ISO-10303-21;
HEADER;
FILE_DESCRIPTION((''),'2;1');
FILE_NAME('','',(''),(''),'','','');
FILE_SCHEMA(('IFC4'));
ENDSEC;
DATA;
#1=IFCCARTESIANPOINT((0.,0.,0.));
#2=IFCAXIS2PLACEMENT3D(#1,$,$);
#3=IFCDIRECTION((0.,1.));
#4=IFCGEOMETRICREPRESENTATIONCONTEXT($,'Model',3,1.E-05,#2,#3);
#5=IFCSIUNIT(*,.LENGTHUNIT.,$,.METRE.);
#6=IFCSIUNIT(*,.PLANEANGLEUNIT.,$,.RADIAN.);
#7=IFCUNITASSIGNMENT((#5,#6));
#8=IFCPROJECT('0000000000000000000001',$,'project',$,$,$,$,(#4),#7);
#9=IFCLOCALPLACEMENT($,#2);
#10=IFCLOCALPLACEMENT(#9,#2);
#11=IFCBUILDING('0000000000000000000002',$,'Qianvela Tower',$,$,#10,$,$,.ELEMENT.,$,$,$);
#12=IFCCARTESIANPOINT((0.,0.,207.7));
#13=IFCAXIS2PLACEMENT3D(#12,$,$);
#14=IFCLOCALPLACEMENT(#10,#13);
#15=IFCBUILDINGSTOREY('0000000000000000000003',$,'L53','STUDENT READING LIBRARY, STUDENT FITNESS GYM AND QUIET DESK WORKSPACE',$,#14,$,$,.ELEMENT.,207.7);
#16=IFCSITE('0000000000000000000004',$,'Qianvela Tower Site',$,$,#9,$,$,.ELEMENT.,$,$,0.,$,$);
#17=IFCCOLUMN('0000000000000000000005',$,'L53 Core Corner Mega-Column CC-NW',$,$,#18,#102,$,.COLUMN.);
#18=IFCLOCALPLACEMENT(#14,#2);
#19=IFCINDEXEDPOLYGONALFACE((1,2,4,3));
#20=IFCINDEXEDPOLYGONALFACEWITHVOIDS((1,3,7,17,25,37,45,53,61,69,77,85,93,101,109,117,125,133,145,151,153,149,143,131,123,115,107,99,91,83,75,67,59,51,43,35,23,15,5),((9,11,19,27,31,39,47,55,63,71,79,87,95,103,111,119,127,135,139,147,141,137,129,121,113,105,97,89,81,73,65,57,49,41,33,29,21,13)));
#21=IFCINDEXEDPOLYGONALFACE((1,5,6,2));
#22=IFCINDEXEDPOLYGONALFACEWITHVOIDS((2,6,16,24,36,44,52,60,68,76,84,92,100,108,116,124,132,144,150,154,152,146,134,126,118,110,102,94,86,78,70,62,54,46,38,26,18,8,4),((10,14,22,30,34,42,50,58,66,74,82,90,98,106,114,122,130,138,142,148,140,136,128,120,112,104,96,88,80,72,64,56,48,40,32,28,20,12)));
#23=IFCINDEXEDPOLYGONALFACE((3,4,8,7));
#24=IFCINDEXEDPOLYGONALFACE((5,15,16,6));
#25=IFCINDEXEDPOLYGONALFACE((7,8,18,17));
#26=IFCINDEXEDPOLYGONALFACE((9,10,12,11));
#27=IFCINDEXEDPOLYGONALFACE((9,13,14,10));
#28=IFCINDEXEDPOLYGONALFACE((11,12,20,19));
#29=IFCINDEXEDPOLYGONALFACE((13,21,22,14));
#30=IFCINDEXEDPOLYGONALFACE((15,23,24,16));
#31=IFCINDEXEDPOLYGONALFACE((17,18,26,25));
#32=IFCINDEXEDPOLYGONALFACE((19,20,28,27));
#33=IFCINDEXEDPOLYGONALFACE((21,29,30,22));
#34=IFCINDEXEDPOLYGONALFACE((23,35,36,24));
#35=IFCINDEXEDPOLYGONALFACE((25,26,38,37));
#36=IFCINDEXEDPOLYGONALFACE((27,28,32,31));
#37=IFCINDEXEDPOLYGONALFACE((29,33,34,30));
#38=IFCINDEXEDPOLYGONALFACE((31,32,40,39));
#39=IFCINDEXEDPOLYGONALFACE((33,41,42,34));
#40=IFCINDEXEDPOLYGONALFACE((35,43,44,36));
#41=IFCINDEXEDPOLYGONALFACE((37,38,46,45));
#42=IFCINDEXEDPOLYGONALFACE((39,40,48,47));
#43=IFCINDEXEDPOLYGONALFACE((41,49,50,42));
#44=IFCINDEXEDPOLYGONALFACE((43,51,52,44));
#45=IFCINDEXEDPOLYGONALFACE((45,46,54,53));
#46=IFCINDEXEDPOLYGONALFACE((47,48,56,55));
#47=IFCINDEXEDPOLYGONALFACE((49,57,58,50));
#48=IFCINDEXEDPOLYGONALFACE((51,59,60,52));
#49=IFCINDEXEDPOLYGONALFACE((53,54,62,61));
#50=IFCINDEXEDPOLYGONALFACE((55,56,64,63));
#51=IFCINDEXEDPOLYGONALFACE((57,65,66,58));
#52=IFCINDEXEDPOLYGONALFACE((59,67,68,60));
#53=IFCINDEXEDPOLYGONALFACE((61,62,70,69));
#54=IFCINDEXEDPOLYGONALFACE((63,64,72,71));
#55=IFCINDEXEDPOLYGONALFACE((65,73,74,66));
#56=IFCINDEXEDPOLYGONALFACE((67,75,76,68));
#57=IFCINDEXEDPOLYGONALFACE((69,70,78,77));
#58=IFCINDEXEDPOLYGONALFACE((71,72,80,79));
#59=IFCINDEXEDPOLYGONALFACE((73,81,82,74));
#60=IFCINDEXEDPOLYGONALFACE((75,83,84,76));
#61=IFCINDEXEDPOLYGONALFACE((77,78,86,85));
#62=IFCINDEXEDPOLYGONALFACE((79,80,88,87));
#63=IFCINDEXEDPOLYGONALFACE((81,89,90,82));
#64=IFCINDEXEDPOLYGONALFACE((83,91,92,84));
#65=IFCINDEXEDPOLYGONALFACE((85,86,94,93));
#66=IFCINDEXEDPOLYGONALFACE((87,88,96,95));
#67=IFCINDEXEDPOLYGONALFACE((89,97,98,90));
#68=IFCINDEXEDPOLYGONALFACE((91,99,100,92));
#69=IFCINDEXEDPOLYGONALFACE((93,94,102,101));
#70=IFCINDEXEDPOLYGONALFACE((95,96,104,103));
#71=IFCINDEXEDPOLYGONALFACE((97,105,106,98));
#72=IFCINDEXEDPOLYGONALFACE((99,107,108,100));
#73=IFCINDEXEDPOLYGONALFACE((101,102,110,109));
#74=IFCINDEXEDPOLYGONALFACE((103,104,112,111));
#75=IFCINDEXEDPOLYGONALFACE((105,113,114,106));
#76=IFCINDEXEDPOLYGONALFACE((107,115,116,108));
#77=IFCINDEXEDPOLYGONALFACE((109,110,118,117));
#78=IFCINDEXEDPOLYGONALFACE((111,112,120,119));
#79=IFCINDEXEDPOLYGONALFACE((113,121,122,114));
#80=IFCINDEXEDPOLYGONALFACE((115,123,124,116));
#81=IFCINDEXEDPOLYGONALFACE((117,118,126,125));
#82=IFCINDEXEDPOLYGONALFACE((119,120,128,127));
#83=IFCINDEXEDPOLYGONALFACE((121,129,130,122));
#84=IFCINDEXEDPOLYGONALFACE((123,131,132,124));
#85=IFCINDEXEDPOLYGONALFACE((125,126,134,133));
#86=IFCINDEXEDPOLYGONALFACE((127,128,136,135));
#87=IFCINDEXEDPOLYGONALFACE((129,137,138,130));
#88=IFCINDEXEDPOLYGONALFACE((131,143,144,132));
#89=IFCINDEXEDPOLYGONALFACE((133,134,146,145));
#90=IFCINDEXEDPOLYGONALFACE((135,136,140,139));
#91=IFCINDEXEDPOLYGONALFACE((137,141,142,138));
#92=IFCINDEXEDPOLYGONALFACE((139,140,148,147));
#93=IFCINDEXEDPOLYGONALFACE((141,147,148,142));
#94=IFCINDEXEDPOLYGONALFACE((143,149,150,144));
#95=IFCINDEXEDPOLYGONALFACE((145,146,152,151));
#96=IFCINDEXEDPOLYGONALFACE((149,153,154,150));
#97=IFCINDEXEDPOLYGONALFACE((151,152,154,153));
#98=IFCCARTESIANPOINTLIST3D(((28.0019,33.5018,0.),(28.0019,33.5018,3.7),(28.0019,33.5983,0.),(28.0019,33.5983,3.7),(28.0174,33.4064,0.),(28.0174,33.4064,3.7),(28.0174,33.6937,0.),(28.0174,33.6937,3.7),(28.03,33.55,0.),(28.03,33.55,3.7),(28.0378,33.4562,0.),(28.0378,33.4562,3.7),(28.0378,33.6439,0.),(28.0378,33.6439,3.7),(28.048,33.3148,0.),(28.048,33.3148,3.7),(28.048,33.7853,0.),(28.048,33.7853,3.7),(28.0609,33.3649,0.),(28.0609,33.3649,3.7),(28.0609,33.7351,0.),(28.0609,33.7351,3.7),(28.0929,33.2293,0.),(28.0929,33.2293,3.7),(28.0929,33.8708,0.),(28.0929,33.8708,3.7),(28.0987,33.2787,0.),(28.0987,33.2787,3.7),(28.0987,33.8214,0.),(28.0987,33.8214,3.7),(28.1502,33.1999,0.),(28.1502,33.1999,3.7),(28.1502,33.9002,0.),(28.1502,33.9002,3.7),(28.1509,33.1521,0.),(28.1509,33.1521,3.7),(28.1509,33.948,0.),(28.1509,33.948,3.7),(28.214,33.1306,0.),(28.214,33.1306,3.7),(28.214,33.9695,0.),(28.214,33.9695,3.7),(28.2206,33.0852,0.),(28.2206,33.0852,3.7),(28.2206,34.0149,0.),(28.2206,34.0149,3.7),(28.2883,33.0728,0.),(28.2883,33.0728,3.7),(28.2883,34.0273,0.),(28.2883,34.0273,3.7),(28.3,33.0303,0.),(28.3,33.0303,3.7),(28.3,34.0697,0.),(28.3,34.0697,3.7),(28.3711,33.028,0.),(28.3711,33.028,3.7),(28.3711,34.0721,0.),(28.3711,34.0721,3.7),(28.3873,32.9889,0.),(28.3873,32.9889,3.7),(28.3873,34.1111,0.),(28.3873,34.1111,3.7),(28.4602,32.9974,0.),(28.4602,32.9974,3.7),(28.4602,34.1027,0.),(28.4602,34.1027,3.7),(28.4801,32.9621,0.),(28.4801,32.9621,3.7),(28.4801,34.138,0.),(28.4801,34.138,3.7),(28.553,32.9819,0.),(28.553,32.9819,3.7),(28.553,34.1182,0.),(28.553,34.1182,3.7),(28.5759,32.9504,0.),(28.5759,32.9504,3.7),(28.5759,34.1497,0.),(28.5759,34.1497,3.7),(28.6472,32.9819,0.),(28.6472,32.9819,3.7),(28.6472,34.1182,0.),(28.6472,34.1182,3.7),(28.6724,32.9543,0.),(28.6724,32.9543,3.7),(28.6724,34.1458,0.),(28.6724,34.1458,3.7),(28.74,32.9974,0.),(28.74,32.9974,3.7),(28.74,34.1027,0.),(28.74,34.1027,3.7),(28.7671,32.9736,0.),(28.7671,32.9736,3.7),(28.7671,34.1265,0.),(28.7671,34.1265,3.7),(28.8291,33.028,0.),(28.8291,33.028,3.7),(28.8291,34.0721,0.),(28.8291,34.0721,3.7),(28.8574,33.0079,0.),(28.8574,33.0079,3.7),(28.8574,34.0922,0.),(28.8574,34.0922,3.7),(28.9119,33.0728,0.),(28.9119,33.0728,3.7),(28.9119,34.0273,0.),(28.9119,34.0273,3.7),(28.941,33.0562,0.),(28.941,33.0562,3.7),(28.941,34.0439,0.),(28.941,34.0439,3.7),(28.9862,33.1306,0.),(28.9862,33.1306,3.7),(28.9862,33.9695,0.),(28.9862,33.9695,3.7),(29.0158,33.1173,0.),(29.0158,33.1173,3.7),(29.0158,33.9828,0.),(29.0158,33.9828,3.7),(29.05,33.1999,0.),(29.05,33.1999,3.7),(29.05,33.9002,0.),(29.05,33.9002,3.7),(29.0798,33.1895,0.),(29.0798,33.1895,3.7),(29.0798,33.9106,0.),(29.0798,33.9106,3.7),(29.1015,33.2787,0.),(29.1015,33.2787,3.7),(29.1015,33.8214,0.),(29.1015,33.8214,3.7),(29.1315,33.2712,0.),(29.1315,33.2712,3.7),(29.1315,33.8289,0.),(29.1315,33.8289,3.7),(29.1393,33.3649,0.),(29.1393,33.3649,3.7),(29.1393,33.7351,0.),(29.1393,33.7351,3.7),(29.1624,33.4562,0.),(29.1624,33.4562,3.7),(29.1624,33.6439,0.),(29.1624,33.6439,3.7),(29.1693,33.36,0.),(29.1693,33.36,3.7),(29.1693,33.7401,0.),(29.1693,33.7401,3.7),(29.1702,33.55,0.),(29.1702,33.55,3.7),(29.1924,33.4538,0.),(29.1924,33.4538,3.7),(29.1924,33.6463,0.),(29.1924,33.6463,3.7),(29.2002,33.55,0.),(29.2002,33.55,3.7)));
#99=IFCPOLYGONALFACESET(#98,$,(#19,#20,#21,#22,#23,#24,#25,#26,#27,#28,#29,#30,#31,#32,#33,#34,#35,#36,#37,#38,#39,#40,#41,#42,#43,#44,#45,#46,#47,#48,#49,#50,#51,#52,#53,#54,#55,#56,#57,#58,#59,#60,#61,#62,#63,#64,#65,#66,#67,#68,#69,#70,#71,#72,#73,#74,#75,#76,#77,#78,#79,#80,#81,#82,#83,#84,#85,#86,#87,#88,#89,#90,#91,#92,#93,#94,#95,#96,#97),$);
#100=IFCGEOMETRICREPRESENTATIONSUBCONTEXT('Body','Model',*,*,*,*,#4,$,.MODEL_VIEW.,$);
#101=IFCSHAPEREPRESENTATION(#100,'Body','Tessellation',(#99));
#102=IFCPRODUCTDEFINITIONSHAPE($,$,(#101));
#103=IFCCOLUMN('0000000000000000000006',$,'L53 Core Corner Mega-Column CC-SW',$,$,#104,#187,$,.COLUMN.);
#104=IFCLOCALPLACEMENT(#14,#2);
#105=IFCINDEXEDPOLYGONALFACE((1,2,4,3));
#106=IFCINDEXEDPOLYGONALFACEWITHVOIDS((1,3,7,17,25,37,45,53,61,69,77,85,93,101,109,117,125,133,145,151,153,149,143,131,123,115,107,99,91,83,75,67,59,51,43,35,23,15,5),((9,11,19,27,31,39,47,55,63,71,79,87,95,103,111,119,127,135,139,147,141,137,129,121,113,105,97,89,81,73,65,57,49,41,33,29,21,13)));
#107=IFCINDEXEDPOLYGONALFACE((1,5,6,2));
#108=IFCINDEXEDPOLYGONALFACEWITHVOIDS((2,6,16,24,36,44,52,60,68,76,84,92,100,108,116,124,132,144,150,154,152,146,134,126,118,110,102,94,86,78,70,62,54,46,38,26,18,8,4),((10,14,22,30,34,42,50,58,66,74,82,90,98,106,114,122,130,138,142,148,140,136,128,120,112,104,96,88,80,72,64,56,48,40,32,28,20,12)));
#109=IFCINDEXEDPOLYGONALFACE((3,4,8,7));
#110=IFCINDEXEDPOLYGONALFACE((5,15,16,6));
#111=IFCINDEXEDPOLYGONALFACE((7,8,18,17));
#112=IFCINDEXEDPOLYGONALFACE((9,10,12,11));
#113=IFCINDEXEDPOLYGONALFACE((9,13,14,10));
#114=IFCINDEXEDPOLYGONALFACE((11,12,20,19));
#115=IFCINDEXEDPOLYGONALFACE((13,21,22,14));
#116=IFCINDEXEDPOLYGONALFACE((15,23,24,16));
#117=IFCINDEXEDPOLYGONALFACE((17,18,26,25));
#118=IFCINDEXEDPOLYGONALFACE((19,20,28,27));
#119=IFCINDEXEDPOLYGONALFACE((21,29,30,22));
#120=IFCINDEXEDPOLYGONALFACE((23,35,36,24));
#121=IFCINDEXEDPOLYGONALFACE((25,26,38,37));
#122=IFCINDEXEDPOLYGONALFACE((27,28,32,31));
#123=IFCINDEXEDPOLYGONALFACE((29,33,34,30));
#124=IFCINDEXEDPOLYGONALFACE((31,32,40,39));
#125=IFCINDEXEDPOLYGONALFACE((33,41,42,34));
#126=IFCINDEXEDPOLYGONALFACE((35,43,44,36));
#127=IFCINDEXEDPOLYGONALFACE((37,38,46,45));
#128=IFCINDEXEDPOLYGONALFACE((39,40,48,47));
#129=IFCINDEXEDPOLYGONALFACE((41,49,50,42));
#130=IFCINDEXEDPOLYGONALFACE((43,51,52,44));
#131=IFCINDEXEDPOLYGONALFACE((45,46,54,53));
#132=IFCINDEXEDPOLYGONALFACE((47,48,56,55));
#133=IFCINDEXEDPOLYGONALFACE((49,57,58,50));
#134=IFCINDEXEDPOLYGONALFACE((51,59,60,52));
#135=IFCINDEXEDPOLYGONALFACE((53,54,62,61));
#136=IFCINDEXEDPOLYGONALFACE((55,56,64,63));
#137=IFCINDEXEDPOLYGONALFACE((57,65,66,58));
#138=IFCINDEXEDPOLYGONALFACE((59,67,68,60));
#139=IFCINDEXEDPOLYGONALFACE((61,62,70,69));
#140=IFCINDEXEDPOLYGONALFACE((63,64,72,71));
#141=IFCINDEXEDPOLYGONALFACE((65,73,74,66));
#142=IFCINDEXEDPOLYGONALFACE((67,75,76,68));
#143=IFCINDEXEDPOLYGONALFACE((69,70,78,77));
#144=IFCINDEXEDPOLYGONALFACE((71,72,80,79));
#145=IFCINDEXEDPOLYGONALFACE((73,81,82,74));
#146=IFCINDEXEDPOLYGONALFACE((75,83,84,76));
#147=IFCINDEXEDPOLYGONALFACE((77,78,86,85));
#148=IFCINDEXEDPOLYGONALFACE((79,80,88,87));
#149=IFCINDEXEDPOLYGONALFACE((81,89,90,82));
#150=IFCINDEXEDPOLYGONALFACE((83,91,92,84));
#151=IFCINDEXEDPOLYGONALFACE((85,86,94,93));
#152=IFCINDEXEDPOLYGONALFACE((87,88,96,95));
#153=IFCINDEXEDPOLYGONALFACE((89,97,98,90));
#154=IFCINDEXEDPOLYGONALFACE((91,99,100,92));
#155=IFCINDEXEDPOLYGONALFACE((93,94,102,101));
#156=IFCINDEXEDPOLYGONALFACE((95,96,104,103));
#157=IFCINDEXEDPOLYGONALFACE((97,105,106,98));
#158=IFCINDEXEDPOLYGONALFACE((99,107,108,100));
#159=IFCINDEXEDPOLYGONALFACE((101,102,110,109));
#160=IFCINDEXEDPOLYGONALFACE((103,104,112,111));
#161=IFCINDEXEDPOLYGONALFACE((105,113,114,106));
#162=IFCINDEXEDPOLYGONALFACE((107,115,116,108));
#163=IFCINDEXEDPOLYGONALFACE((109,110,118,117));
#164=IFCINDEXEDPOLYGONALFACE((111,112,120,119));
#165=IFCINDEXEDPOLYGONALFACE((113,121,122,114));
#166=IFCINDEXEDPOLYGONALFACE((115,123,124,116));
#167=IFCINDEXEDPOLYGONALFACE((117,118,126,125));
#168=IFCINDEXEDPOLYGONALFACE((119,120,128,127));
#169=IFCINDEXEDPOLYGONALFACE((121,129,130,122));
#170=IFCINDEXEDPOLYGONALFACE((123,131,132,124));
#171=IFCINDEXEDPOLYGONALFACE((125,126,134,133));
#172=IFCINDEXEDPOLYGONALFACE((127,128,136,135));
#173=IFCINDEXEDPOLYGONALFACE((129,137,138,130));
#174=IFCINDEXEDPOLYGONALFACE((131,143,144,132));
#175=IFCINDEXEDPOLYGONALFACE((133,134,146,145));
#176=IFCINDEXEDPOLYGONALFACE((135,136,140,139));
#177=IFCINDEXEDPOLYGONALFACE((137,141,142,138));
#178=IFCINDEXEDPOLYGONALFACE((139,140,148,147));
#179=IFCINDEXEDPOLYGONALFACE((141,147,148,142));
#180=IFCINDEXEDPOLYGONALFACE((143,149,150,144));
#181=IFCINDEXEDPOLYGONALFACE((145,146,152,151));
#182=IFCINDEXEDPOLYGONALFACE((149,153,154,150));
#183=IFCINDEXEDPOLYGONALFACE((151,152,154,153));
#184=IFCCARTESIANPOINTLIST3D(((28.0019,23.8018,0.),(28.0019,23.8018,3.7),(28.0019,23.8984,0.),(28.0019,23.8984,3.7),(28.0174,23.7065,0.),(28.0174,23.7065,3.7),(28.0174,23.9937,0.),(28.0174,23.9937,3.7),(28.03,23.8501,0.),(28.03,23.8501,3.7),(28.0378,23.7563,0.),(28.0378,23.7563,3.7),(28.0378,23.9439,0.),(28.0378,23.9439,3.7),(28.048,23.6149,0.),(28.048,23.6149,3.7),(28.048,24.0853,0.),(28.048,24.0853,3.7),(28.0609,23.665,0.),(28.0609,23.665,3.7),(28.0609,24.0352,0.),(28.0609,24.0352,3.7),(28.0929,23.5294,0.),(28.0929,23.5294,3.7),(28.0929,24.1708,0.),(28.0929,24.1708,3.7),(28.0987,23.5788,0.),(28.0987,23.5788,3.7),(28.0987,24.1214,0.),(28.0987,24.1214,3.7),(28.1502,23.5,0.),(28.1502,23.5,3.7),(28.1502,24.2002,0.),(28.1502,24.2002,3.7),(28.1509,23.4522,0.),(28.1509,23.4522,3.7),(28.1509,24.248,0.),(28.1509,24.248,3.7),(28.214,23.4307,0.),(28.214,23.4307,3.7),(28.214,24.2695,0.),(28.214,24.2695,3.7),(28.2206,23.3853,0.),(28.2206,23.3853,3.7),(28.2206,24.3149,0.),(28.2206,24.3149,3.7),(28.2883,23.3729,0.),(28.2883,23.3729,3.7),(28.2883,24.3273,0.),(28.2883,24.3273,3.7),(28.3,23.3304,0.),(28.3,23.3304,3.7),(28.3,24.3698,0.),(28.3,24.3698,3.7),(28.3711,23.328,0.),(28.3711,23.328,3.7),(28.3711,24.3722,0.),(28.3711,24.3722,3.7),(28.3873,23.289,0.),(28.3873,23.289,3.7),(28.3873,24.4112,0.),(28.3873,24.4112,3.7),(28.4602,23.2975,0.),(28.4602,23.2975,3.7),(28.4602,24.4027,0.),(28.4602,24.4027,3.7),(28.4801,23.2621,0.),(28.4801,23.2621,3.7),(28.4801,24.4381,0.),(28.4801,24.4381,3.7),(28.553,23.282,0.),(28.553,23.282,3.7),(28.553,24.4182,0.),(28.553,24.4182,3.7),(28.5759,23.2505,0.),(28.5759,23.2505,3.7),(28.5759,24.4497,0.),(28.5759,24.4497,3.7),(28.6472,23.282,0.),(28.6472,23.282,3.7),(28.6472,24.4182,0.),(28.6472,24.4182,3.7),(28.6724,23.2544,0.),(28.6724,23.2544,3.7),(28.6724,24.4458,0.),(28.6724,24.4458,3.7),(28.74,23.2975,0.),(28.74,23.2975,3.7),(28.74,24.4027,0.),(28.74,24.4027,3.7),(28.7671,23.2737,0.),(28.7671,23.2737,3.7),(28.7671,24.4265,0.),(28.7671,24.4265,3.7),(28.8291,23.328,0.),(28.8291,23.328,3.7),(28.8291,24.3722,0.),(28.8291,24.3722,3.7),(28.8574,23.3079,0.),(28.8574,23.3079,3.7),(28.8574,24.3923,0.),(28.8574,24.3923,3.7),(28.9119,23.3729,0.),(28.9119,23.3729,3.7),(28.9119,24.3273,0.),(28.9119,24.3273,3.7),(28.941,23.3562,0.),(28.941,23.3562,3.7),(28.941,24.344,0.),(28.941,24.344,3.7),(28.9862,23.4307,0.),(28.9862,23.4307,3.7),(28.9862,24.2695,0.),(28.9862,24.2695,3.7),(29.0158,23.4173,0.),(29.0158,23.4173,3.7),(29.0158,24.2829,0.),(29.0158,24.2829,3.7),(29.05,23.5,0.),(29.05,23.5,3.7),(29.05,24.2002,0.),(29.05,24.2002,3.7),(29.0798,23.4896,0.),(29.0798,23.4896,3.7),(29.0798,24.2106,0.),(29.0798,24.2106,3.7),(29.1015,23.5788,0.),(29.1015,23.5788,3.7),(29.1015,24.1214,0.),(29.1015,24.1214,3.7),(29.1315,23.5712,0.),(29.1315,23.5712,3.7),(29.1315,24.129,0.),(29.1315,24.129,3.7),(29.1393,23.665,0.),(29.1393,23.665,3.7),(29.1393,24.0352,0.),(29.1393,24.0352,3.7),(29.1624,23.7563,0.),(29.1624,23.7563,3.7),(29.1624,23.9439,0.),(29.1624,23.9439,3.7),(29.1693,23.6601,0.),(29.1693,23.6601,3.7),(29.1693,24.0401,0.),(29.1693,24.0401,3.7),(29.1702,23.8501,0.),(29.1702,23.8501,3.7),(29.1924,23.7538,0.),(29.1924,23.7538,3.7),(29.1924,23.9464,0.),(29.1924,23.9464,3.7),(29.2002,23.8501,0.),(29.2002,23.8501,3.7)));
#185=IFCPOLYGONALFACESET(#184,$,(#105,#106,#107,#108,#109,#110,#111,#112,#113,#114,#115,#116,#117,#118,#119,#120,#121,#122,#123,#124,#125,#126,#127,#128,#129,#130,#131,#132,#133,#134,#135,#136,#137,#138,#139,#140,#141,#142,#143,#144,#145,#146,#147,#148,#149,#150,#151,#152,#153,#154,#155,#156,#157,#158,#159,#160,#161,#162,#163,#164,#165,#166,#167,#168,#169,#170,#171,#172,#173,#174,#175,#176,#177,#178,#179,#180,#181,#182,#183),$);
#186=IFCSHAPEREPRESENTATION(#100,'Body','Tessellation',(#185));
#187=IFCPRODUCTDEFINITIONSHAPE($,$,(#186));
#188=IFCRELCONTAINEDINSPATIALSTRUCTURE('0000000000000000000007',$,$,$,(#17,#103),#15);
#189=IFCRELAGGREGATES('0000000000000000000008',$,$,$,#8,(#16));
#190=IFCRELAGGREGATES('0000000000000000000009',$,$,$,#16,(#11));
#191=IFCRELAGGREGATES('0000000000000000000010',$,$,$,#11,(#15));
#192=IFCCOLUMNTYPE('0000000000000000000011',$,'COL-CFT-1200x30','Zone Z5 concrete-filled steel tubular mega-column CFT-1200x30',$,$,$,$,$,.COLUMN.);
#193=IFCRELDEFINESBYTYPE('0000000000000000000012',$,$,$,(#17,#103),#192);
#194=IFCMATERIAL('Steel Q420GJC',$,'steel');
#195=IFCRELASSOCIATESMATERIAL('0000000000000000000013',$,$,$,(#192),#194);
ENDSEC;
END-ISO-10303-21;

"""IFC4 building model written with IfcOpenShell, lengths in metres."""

from ifc_helpers import new_model, si_unit, direction, frame, origin, origin_2d, place, context, subcontext, project, spatial, hollow_circle, extrude, material, material_profile, profile_set, type_object, element, save


model = new_model("IFC4")

# Units and contexts
model_context = context("Model", 3, precision=1e-05, world=origin(), true_north=direction((0.0, 1.0)))
body_context = subcontext(model_context, "Body", "Model", "MODEL_VIEW")
ifc_project = project(units=[si_unit("LENGTHUNIT", "METRE"), si_unit("PLANEANGLEUNIT", "RADIAN")], contexts=[model_context])

# Site, building, storey
site_placement = place(None, origin())
site = spatial("IfcSite", under=ifc_project, at=site_placement, Name="Qianvela Tower Site", CompositionType="ELEMENT", RefElevation=0.0)
building_placement = place(site_placement, origin())
building = spatial("IfcBuilding", under=site, at=building_placement, Name="Qianvela Tower", CompositionType="ELEMENT")
storey_placement = place(building_placement, frame((0.0, 0.0, 207.7)))
storey = spatial("IfcBuildingStorey", under=building, at=storey_placement, Name="L53", Description="STUDENT READING LIBRARY, STUDENT FITNESS GYM AND QUIET DESK WORKSPACE", CompositionType="ELEMENT", Elevation=207.7)

# Columns
ifc_material_1 = material(Name="Steel Q420GJC", Category="steel")
ifc_material_profile_1 = material_profile(ifc_material_1, hollow_circle(Radius=0.6001, WallThickness=0.03, at=origin_2d()), Name="CFT-1200x30")
ifc_profile_set_1 = profile_set([ifc_material_profile_1], Name="Steel Q420GJC")
column_type = type_object("IfcColumnType", Name="COL-CFT-1200x30", Description="Zone Z5 concrete-filled steel tubular mega-column CFT-1200x30", PredefinedType="COLUMN", material=ifc_profile_set_1)
for number, where, z_axis, x_axis, name in (
    (1, (28.6001, 33.55, 0.0), (0.0, 0.0, 1.0), (1.0, 0.0, 0.0), "L53 Core Corner Mega-Column CC-NW"),
    (2, (28.6001, 23.8501, 0.0), (0.0, 0.0, 1.0), (1.0, 0.0, 0.0), "L53 Core Corner Mega-Column CC-SW"),
):
    element("IfcColumn", number, at=place(storey_placement, frame(where, z_axis=z_axis, x_axis=x_axis)), inside=storey, type_object=column_type, Name=name, PredefinedType="COLUMN", context=body_context, shape_type="SweptSolid", body=[
        extrude(hollow_circle(Radius=0.6001, WallThickness=0.03, at=origin_2d()), origin(), (0.0, 0.0, 1.0), 3.7),
    ])

save(model, "model.ifc")
